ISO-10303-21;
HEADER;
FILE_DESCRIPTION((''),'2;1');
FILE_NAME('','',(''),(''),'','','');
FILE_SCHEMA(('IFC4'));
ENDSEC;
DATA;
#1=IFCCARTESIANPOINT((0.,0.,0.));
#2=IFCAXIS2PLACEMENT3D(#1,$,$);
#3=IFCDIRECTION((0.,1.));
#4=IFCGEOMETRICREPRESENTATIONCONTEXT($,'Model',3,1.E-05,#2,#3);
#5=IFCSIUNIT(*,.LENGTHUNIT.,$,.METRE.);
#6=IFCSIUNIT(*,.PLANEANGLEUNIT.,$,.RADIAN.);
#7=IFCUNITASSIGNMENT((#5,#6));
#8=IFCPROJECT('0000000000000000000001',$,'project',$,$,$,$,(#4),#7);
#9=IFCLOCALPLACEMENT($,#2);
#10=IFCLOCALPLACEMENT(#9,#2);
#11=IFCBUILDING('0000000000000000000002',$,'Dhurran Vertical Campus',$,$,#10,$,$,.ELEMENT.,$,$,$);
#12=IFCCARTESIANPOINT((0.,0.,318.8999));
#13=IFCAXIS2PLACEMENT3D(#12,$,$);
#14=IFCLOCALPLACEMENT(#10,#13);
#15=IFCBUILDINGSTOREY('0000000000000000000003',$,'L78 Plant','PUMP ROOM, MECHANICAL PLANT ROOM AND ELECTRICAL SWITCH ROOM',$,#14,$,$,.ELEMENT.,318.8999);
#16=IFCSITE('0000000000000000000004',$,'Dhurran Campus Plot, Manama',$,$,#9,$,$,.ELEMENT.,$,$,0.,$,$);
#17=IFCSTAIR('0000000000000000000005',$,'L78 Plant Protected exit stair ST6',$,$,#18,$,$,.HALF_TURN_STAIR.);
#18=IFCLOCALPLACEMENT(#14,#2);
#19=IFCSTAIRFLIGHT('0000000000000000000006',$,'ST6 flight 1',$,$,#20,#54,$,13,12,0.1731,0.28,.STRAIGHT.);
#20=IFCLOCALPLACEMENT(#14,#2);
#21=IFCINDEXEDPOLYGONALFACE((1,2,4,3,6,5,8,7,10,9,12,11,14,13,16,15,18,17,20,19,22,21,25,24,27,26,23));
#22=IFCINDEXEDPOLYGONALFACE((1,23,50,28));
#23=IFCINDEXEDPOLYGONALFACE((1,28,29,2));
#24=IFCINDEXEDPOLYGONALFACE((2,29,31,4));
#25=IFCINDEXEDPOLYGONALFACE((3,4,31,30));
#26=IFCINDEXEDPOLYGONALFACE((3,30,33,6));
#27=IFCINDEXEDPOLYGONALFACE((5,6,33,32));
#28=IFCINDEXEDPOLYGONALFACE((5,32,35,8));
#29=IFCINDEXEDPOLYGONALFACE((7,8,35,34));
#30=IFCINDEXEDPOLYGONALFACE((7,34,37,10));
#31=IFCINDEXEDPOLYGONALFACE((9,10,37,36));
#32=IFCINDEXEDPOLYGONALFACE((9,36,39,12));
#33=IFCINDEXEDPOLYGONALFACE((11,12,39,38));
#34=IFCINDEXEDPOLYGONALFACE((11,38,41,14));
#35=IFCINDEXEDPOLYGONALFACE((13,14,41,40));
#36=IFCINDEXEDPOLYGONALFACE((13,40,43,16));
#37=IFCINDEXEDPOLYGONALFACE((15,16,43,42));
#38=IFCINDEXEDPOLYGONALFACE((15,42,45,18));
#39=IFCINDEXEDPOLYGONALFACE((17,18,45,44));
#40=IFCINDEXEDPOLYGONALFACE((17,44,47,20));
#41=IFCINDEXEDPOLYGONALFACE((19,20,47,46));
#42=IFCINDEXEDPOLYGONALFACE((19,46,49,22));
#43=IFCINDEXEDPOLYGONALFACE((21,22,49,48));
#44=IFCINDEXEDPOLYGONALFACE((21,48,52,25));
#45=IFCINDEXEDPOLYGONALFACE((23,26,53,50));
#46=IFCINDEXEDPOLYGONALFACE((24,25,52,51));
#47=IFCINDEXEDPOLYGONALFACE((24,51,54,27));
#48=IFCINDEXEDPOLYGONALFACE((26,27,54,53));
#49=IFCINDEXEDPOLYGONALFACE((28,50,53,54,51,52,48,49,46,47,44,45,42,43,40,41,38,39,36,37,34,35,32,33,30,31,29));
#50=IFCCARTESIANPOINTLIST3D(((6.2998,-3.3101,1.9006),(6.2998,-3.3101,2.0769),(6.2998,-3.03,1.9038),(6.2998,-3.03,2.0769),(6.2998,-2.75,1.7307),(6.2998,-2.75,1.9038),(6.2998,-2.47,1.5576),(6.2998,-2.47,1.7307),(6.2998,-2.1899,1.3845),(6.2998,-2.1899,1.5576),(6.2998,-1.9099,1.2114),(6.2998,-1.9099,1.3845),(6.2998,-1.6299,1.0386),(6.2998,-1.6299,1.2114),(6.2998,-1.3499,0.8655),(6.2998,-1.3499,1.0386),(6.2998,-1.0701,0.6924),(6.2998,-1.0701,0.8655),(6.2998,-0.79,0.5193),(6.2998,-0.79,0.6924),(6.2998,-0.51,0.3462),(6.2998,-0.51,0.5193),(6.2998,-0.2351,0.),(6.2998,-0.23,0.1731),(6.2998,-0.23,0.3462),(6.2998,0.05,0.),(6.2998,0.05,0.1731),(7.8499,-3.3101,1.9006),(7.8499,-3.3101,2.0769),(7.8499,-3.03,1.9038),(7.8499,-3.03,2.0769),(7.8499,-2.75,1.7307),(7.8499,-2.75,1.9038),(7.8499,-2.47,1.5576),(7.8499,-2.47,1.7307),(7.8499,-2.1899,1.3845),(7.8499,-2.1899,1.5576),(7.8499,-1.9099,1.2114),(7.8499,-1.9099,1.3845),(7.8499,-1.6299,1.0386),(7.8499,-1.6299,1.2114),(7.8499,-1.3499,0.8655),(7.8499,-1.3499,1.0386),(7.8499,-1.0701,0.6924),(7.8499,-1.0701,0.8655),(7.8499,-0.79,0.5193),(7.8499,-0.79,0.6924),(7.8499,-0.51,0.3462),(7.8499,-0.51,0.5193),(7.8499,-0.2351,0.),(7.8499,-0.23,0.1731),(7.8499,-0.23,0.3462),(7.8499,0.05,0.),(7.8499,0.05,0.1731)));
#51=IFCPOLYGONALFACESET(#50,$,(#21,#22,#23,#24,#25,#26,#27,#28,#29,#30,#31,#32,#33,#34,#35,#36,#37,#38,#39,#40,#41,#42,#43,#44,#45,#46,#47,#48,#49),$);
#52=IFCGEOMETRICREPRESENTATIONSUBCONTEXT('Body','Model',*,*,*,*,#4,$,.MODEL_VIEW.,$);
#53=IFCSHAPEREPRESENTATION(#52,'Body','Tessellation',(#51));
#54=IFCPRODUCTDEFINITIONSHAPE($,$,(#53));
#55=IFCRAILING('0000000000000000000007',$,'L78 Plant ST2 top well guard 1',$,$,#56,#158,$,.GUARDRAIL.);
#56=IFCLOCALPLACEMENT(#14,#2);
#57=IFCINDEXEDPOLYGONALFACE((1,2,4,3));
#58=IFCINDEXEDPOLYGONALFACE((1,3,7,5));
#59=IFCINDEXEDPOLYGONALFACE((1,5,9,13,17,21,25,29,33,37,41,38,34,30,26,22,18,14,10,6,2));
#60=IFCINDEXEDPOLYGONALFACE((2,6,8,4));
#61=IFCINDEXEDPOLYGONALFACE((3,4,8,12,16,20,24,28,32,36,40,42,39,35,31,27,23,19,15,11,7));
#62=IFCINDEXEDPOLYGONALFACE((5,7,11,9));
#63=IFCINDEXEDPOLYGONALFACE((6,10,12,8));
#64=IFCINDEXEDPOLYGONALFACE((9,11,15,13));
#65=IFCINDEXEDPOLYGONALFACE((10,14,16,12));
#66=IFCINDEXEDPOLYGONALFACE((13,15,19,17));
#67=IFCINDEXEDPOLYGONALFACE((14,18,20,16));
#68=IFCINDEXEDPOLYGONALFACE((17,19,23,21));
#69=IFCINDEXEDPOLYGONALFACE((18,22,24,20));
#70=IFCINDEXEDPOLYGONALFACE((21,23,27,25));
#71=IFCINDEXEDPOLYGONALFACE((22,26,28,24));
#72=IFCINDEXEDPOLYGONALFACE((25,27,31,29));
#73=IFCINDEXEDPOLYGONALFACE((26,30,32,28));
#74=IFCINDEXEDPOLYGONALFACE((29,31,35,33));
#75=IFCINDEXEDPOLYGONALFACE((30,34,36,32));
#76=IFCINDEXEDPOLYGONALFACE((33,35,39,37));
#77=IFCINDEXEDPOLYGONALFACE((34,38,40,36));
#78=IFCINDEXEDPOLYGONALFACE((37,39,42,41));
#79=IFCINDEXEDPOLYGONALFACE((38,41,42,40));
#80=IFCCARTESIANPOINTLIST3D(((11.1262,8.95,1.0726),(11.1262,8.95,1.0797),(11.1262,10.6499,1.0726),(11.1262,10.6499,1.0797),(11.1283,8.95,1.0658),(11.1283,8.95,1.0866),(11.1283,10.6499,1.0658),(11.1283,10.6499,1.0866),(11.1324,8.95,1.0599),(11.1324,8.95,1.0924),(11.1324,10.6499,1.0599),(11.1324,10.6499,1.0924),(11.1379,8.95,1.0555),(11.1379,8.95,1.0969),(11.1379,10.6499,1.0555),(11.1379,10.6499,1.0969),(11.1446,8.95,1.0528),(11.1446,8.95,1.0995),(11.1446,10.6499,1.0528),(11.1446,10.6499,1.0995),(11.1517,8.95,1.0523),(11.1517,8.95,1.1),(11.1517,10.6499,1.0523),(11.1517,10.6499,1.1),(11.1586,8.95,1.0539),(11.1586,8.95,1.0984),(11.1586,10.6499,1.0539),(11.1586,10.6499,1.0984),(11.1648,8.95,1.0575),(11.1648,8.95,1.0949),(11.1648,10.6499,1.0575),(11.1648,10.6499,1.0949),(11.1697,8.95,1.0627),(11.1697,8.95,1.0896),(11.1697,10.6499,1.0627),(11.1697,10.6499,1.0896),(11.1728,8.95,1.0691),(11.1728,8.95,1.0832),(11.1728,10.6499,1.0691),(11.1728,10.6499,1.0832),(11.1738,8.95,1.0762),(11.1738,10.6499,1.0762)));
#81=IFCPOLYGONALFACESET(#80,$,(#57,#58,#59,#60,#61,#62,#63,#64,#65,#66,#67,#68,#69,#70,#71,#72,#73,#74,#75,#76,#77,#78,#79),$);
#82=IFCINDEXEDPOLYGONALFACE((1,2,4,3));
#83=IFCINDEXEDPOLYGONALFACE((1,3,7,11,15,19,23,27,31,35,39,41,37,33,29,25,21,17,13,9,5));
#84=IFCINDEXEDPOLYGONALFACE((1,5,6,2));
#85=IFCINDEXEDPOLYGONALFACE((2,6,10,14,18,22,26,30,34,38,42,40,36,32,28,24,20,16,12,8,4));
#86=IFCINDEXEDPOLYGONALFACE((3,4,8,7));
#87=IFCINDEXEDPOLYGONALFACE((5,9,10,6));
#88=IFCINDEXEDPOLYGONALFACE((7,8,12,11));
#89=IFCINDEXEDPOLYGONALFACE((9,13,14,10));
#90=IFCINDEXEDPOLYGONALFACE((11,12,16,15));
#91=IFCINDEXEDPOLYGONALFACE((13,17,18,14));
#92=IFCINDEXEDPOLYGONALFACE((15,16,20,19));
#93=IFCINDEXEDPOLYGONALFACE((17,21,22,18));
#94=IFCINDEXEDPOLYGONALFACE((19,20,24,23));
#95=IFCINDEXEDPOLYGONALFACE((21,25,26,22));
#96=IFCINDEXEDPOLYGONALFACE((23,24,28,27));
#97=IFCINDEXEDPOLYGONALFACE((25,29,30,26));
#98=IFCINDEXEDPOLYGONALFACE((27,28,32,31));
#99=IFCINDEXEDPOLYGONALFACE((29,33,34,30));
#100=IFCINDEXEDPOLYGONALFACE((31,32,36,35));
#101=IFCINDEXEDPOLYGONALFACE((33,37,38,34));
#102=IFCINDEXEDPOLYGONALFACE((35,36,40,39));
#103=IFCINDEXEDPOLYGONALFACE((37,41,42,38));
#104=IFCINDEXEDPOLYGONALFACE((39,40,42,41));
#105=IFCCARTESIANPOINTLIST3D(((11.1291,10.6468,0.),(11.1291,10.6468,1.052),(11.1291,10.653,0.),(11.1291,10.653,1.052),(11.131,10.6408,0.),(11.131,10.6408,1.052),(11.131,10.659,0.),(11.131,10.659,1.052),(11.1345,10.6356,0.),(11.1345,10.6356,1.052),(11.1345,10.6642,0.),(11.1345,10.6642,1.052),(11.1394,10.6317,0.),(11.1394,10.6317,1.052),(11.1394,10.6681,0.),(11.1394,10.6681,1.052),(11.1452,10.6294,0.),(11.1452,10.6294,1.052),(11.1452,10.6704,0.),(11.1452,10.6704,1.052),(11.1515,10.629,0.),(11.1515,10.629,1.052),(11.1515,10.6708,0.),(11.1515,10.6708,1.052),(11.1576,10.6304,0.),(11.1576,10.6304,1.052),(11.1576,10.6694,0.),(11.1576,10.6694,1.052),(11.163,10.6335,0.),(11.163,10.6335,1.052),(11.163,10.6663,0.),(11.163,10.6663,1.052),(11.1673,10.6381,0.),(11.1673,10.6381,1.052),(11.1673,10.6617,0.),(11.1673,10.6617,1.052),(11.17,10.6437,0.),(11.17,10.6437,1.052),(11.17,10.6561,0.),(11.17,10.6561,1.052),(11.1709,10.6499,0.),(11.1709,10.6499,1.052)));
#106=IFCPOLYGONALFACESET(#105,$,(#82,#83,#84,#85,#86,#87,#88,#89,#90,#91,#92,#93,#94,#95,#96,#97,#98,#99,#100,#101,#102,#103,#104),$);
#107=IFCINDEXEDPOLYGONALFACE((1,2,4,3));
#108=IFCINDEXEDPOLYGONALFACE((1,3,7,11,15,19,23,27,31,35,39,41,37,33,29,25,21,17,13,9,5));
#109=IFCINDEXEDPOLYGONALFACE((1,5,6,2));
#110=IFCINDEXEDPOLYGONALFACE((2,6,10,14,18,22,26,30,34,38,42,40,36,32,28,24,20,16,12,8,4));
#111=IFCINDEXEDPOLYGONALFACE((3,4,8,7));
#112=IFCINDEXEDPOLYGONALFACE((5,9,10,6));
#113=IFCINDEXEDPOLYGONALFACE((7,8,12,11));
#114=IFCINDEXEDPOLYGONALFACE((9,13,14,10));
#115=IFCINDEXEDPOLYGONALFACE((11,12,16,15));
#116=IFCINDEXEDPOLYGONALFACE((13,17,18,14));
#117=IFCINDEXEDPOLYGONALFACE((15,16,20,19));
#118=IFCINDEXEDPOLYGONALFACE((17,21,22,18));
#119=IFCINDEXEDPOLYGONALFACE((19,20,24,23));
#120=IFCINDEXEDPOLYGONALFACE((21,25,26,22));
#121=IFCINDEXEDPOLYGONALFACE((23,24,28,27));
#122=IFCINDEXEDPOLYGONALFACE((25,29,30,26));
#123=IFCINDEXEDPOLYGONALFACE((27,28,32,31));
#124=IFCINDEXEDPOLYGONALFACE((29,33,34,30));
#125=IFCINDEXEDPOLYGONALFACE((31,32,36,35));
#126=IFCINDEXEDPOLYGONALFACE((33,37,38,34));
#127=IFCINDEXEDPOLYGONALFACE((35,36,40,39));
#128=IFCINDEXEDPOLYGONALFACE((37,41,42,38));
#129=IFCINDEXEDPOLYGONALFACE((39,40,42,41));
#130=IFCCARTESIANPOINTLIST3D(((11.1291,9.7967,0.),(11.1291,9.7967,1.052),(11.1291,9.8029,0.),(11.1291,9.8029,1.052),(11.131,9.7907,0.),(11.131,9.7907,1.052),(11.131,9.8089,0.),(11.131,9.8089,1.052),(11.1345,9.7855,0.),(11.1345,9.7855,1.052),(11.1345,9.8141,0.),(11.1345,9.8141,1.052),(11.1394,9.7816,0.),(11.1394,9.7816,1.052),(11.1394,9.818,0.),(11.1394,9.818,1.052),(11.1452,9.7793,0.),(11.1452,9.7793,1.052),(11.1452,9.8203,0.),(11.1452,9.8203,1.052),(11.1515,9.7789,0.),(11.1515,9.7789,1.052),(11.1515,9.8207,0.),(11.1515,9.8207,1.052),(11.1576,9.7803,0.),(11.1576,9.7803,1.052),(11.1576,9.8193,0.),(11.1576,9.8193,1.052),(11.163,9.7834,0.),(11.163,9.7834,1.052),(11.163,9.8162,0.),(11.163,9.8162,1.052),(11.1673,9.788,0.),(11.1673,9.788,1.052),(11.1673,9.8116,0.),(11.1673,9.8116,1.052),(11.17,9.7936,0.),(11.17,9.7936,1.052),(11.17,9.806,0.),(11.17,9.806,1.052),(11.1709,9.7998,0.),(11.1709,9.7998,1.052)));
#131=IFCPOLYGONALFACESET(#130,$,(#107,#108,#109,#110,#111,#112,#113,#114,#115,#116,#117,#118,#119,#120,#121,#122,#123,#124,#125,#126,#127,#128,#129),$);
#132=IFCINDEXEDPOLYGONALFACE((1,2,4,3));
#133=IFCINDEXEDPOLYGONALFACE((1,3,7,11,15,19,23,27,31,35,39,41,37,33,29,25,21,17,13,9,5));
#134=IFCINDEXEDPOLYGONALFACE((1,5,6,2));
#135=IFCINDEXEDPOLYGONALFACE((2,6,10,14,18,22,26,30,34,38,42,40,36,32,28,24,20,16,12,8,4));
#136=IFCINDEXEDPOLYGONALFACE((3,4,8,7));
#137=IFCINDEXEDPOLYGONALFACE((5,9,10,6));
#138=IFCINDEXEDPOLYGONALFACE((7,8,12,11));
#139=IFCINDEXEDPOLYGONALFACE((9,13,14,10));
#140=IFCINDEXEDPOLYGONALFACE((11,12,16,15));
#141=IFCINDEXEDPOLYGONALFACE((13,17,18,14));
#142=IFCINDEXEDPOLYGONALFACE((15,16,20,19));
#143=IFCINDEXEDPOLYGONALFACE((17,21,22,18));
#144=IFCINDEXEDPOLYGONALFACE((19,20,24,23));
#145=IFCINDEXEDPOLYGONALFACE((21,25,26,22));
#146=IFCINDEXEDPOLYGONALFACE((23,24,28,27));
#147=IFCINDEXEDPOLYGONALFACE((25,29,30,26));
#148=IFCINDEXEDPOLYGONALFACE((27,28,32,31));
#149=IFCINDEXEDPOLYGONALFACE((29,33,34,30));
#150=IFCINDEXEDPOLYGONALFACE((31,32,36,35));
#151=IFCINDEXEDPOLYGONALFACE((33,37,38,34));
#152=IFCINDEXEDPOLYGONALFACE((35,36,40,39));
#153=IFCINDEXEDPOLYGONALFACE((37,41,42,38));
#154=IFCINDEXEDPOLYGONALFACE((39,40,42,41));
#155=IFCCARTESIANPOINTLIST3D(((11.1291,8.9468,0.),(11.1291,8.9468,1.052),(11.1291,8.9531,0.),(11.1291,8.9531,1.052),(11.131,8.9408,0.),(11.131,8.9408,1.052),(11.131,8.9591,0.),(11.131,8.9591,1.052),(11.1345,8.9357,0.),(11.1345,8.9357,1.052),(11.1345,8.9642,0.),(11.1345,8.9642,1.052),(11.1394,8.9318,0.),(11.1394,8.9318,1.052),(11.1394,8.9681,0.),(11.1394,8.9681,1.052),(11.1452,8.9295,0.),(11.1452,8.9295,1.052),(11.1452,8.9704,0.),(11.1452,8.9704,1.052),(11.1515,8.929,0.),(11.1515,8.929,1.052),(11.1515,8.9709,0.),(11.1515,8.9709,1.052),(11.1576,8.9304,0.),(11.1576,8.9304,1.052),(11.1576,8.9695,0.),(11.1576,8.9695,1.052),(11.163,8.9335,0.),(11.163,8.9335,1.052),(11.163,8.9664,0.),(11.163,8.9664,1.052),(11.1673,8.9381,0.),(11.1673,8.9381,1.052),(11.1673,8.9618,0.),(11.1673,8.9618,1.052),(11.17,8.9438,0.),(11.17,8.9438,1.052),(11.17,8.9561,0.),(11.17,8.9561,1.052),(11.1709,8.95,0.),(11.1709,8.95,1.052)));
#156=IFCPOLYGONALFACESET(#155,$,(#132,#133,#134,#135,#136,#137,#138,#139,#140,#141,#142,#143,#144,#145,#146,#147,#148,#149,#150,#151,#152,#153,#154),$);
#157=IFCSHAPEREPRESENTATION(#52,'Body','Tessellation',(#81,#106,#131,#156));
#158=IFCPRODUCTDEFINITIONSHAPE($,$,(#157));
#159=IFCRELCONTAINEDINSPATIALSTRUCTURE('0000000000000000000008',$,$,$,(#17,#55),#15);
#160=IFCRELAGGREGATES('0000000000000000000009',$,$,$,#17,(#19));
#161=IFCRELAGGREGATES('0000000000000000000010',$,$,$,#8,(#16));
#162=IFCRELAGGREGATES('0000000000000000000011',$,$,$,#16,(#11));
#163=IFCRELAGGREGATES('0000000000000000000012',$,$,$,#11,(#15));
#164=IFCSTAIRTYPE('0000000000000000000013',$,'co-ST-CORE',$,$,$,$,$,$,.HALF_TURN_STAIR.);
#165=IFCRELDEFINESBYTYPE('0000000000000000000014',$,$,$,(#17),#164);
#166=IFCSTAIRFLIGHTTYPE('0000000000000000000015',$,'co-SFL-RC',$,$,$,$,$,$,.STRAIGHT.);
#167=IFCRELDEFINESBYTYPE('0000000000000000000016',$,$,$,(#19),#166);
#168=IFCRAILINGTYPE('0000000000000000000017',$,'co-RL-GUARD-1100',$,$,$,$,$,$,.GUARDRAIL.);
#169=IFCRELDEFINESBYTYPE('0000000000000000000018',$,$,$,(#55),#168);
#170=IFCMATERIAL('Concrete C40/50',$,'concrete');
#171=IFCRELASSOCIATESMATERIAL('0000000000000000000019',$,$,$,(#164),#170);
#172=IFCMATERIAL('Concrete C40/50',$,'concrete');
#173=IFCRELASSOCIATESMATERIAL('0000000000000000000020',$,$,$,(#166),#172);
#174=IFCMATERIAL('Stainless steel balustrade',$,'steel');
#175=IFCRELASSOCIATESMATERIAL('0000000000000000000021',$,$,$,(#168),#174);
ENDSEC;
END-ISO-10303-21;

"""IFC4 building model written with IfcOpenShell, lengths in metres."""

from ifc_helpers import new_model, si_unit, direction, frame, origin, origin_2d, place, context, subcontext, project, spatial, polyline, circle, outline, extrude, material, type_object, element, aggregate, save


model = new_model("IFC4")

# Units and contexts
model_context = context("Model", 3, precision=1e-05, world=origin(), true_north=direction((0.0, 1.0)))
body_context = subcontext(model_context, "Body", "Model", "MODEL_VIEW")
ifc_project = project(units=[si_unit("LENGTHUNIT", "METRE"), si_unit("PLANEANGLEUNIT", "RADIAN")], contexts=[model_context])

# Site, building, storey
site_placement = place(None, origin())
site = spatial("IfcSite", under=ifc_project, at=site_placement, Name="Dhurran Campus Plot, Manama", CompositionType="ELEMENT", RefElevation=0.0)
building_placement = place(site_placement, origin())
building = spatial("IfcBuilding", under=site, at=building_placement, Name="Dhurran Vertical Campus", CompositionType="ELEMENT")
storey_placement = place(building_placement, frame((0.0, 0.0, 318.8999)))
storey = spatial("IfcBuildingStorey", under=building, at=storey_placement, Name="L78 Plant", Description="PUMP ROOM, MECHANICAL PLANT ROOM AND ELECTRICAL SWITCH ROOM", CompositionType="ELEMENT", Elevation=318.8999)

# Stair, stair flight
ifc_material_1 = material(Name="Concrete C40/50", Category="concrete")
stair_type = type_object("IfcStairType", Name="co-ST-CORE", PredefinedType="HALF_TURN_STAIR", material=ifc_material_1)
stair_placement = place(storey_placement, origin())
stair = element("IfcStair", 1, at=stair_placement, inside=storey, type_object=stair_type, Name="L78 Plant Protected exit stair ST6", PredefinedType="HALF_TURN_STAIR")
ifc_material_2 = material(Name="Concrete C40/50", Category="concrete")
stair_flight_type = type_object("IfcStairFlightType", Name="co-SFL-RC", PredefinedType="STRAIGHT", material=ifc_material_2)
stair_flight_placement = place(storey_placement, frame((7.075, 0.05, 0.0), z_axis=(0.0, 0.0, 1.0), x_axis=(0.0, -1.0, 0.0)))
stair_flight = element("IfcStairFlight", 2, at=stair_flight_placement, type_object=stair_flight_type, Name="ST6 flight 1", NumberOfRisers=13, NumberOfTreads=12, PredefinedType="STRAIGHT", RiserHeight=0.1731, TreadLength=0.28, context=body_context, shape_type="SweptSolid", body=[
    extrude(outline(polyline([(0.0, 0.0), (0.0, 0.1731), (0.28, 0.1731), (0.28, 0.3462), (0.5601, 0.3462), (0.5601, 0.5193), (0.8401, 0.5193), (0.8401, 0.6924), (1.1201, 0.6924), (1.1201, 0.8655), (1.3999, 0.8655), (1.3999, 1.0386), (1.6799, 1.0386), (1.6799, 1.2114), (1.96, 1.2114), (1.96, 1.3845), (2.24, 1.3845), (2.24, 1.5576), (2.52, 1.5576), (2.52, 1.7307), (2.8, 1.7307), (2.8, 1.9038), (3.0801, 1.9038), (3.0801, 2.0769), (3.3601, 2.0769), (3.3601, 2.25), (3.3601, 1.9006), (0.2852, 0.0), (0.0, 0.0)])), frame((0.0, 0.7749, 0.0), z_axis=(0.0, -1.0, 0.0), x_axis=(1.0, 0.0, 0.0)), (0.0, 0.0, 1.0), 1.55),
])
aggregate(stair, [stair_flight])

# Railing
ifc_material_3 = material(Name="Stainless steel balustrade", Category="steel")
railing_type = type_object("IfcRailingType", Name="co-RL-GUARD-1100", PredefinedType="GUARDRAIL", material=ifc_material_3)
railing_1_placement = place(storey_placement, frame((11.1499, 10.6499, 0.0)))
element("IfcRailing", 3, at=railing_1_placement, inside=storey, type_object=railing_type, Name="L78 Plant ST2 top well guard 1", PredefinedType="GUARDRAIL", context=body_context, shape_type="SweptSolid", body=[
    extrude(circle(Radius=0.0239, at=origin_2d()), frame((0.0, 0.0, 1.0762), z_axis=(0.0, -1.0, 0.0), x_axis=(1.0, 0.0, 0.0)), (0.0, 0.0, 1.0), 1.7),
    extrude(circle(Radius=0.021, at=origin_2d()), origin(), (0.0, 0.0, 1.0), 1.052),
    extrude(circle(Radius=0.021, at=origin_2d()), frame((0.0, -0.8501, 0.0)), (0.0, 0.0, 1.0), 1.052),
    extrude(circle(Radius=0.021, at=origin_2d()), frame((0.0, -1.7, 0.0)), (0.0, 0.0, 1.0), 1.052),
])

save(model, "model.ifc")
